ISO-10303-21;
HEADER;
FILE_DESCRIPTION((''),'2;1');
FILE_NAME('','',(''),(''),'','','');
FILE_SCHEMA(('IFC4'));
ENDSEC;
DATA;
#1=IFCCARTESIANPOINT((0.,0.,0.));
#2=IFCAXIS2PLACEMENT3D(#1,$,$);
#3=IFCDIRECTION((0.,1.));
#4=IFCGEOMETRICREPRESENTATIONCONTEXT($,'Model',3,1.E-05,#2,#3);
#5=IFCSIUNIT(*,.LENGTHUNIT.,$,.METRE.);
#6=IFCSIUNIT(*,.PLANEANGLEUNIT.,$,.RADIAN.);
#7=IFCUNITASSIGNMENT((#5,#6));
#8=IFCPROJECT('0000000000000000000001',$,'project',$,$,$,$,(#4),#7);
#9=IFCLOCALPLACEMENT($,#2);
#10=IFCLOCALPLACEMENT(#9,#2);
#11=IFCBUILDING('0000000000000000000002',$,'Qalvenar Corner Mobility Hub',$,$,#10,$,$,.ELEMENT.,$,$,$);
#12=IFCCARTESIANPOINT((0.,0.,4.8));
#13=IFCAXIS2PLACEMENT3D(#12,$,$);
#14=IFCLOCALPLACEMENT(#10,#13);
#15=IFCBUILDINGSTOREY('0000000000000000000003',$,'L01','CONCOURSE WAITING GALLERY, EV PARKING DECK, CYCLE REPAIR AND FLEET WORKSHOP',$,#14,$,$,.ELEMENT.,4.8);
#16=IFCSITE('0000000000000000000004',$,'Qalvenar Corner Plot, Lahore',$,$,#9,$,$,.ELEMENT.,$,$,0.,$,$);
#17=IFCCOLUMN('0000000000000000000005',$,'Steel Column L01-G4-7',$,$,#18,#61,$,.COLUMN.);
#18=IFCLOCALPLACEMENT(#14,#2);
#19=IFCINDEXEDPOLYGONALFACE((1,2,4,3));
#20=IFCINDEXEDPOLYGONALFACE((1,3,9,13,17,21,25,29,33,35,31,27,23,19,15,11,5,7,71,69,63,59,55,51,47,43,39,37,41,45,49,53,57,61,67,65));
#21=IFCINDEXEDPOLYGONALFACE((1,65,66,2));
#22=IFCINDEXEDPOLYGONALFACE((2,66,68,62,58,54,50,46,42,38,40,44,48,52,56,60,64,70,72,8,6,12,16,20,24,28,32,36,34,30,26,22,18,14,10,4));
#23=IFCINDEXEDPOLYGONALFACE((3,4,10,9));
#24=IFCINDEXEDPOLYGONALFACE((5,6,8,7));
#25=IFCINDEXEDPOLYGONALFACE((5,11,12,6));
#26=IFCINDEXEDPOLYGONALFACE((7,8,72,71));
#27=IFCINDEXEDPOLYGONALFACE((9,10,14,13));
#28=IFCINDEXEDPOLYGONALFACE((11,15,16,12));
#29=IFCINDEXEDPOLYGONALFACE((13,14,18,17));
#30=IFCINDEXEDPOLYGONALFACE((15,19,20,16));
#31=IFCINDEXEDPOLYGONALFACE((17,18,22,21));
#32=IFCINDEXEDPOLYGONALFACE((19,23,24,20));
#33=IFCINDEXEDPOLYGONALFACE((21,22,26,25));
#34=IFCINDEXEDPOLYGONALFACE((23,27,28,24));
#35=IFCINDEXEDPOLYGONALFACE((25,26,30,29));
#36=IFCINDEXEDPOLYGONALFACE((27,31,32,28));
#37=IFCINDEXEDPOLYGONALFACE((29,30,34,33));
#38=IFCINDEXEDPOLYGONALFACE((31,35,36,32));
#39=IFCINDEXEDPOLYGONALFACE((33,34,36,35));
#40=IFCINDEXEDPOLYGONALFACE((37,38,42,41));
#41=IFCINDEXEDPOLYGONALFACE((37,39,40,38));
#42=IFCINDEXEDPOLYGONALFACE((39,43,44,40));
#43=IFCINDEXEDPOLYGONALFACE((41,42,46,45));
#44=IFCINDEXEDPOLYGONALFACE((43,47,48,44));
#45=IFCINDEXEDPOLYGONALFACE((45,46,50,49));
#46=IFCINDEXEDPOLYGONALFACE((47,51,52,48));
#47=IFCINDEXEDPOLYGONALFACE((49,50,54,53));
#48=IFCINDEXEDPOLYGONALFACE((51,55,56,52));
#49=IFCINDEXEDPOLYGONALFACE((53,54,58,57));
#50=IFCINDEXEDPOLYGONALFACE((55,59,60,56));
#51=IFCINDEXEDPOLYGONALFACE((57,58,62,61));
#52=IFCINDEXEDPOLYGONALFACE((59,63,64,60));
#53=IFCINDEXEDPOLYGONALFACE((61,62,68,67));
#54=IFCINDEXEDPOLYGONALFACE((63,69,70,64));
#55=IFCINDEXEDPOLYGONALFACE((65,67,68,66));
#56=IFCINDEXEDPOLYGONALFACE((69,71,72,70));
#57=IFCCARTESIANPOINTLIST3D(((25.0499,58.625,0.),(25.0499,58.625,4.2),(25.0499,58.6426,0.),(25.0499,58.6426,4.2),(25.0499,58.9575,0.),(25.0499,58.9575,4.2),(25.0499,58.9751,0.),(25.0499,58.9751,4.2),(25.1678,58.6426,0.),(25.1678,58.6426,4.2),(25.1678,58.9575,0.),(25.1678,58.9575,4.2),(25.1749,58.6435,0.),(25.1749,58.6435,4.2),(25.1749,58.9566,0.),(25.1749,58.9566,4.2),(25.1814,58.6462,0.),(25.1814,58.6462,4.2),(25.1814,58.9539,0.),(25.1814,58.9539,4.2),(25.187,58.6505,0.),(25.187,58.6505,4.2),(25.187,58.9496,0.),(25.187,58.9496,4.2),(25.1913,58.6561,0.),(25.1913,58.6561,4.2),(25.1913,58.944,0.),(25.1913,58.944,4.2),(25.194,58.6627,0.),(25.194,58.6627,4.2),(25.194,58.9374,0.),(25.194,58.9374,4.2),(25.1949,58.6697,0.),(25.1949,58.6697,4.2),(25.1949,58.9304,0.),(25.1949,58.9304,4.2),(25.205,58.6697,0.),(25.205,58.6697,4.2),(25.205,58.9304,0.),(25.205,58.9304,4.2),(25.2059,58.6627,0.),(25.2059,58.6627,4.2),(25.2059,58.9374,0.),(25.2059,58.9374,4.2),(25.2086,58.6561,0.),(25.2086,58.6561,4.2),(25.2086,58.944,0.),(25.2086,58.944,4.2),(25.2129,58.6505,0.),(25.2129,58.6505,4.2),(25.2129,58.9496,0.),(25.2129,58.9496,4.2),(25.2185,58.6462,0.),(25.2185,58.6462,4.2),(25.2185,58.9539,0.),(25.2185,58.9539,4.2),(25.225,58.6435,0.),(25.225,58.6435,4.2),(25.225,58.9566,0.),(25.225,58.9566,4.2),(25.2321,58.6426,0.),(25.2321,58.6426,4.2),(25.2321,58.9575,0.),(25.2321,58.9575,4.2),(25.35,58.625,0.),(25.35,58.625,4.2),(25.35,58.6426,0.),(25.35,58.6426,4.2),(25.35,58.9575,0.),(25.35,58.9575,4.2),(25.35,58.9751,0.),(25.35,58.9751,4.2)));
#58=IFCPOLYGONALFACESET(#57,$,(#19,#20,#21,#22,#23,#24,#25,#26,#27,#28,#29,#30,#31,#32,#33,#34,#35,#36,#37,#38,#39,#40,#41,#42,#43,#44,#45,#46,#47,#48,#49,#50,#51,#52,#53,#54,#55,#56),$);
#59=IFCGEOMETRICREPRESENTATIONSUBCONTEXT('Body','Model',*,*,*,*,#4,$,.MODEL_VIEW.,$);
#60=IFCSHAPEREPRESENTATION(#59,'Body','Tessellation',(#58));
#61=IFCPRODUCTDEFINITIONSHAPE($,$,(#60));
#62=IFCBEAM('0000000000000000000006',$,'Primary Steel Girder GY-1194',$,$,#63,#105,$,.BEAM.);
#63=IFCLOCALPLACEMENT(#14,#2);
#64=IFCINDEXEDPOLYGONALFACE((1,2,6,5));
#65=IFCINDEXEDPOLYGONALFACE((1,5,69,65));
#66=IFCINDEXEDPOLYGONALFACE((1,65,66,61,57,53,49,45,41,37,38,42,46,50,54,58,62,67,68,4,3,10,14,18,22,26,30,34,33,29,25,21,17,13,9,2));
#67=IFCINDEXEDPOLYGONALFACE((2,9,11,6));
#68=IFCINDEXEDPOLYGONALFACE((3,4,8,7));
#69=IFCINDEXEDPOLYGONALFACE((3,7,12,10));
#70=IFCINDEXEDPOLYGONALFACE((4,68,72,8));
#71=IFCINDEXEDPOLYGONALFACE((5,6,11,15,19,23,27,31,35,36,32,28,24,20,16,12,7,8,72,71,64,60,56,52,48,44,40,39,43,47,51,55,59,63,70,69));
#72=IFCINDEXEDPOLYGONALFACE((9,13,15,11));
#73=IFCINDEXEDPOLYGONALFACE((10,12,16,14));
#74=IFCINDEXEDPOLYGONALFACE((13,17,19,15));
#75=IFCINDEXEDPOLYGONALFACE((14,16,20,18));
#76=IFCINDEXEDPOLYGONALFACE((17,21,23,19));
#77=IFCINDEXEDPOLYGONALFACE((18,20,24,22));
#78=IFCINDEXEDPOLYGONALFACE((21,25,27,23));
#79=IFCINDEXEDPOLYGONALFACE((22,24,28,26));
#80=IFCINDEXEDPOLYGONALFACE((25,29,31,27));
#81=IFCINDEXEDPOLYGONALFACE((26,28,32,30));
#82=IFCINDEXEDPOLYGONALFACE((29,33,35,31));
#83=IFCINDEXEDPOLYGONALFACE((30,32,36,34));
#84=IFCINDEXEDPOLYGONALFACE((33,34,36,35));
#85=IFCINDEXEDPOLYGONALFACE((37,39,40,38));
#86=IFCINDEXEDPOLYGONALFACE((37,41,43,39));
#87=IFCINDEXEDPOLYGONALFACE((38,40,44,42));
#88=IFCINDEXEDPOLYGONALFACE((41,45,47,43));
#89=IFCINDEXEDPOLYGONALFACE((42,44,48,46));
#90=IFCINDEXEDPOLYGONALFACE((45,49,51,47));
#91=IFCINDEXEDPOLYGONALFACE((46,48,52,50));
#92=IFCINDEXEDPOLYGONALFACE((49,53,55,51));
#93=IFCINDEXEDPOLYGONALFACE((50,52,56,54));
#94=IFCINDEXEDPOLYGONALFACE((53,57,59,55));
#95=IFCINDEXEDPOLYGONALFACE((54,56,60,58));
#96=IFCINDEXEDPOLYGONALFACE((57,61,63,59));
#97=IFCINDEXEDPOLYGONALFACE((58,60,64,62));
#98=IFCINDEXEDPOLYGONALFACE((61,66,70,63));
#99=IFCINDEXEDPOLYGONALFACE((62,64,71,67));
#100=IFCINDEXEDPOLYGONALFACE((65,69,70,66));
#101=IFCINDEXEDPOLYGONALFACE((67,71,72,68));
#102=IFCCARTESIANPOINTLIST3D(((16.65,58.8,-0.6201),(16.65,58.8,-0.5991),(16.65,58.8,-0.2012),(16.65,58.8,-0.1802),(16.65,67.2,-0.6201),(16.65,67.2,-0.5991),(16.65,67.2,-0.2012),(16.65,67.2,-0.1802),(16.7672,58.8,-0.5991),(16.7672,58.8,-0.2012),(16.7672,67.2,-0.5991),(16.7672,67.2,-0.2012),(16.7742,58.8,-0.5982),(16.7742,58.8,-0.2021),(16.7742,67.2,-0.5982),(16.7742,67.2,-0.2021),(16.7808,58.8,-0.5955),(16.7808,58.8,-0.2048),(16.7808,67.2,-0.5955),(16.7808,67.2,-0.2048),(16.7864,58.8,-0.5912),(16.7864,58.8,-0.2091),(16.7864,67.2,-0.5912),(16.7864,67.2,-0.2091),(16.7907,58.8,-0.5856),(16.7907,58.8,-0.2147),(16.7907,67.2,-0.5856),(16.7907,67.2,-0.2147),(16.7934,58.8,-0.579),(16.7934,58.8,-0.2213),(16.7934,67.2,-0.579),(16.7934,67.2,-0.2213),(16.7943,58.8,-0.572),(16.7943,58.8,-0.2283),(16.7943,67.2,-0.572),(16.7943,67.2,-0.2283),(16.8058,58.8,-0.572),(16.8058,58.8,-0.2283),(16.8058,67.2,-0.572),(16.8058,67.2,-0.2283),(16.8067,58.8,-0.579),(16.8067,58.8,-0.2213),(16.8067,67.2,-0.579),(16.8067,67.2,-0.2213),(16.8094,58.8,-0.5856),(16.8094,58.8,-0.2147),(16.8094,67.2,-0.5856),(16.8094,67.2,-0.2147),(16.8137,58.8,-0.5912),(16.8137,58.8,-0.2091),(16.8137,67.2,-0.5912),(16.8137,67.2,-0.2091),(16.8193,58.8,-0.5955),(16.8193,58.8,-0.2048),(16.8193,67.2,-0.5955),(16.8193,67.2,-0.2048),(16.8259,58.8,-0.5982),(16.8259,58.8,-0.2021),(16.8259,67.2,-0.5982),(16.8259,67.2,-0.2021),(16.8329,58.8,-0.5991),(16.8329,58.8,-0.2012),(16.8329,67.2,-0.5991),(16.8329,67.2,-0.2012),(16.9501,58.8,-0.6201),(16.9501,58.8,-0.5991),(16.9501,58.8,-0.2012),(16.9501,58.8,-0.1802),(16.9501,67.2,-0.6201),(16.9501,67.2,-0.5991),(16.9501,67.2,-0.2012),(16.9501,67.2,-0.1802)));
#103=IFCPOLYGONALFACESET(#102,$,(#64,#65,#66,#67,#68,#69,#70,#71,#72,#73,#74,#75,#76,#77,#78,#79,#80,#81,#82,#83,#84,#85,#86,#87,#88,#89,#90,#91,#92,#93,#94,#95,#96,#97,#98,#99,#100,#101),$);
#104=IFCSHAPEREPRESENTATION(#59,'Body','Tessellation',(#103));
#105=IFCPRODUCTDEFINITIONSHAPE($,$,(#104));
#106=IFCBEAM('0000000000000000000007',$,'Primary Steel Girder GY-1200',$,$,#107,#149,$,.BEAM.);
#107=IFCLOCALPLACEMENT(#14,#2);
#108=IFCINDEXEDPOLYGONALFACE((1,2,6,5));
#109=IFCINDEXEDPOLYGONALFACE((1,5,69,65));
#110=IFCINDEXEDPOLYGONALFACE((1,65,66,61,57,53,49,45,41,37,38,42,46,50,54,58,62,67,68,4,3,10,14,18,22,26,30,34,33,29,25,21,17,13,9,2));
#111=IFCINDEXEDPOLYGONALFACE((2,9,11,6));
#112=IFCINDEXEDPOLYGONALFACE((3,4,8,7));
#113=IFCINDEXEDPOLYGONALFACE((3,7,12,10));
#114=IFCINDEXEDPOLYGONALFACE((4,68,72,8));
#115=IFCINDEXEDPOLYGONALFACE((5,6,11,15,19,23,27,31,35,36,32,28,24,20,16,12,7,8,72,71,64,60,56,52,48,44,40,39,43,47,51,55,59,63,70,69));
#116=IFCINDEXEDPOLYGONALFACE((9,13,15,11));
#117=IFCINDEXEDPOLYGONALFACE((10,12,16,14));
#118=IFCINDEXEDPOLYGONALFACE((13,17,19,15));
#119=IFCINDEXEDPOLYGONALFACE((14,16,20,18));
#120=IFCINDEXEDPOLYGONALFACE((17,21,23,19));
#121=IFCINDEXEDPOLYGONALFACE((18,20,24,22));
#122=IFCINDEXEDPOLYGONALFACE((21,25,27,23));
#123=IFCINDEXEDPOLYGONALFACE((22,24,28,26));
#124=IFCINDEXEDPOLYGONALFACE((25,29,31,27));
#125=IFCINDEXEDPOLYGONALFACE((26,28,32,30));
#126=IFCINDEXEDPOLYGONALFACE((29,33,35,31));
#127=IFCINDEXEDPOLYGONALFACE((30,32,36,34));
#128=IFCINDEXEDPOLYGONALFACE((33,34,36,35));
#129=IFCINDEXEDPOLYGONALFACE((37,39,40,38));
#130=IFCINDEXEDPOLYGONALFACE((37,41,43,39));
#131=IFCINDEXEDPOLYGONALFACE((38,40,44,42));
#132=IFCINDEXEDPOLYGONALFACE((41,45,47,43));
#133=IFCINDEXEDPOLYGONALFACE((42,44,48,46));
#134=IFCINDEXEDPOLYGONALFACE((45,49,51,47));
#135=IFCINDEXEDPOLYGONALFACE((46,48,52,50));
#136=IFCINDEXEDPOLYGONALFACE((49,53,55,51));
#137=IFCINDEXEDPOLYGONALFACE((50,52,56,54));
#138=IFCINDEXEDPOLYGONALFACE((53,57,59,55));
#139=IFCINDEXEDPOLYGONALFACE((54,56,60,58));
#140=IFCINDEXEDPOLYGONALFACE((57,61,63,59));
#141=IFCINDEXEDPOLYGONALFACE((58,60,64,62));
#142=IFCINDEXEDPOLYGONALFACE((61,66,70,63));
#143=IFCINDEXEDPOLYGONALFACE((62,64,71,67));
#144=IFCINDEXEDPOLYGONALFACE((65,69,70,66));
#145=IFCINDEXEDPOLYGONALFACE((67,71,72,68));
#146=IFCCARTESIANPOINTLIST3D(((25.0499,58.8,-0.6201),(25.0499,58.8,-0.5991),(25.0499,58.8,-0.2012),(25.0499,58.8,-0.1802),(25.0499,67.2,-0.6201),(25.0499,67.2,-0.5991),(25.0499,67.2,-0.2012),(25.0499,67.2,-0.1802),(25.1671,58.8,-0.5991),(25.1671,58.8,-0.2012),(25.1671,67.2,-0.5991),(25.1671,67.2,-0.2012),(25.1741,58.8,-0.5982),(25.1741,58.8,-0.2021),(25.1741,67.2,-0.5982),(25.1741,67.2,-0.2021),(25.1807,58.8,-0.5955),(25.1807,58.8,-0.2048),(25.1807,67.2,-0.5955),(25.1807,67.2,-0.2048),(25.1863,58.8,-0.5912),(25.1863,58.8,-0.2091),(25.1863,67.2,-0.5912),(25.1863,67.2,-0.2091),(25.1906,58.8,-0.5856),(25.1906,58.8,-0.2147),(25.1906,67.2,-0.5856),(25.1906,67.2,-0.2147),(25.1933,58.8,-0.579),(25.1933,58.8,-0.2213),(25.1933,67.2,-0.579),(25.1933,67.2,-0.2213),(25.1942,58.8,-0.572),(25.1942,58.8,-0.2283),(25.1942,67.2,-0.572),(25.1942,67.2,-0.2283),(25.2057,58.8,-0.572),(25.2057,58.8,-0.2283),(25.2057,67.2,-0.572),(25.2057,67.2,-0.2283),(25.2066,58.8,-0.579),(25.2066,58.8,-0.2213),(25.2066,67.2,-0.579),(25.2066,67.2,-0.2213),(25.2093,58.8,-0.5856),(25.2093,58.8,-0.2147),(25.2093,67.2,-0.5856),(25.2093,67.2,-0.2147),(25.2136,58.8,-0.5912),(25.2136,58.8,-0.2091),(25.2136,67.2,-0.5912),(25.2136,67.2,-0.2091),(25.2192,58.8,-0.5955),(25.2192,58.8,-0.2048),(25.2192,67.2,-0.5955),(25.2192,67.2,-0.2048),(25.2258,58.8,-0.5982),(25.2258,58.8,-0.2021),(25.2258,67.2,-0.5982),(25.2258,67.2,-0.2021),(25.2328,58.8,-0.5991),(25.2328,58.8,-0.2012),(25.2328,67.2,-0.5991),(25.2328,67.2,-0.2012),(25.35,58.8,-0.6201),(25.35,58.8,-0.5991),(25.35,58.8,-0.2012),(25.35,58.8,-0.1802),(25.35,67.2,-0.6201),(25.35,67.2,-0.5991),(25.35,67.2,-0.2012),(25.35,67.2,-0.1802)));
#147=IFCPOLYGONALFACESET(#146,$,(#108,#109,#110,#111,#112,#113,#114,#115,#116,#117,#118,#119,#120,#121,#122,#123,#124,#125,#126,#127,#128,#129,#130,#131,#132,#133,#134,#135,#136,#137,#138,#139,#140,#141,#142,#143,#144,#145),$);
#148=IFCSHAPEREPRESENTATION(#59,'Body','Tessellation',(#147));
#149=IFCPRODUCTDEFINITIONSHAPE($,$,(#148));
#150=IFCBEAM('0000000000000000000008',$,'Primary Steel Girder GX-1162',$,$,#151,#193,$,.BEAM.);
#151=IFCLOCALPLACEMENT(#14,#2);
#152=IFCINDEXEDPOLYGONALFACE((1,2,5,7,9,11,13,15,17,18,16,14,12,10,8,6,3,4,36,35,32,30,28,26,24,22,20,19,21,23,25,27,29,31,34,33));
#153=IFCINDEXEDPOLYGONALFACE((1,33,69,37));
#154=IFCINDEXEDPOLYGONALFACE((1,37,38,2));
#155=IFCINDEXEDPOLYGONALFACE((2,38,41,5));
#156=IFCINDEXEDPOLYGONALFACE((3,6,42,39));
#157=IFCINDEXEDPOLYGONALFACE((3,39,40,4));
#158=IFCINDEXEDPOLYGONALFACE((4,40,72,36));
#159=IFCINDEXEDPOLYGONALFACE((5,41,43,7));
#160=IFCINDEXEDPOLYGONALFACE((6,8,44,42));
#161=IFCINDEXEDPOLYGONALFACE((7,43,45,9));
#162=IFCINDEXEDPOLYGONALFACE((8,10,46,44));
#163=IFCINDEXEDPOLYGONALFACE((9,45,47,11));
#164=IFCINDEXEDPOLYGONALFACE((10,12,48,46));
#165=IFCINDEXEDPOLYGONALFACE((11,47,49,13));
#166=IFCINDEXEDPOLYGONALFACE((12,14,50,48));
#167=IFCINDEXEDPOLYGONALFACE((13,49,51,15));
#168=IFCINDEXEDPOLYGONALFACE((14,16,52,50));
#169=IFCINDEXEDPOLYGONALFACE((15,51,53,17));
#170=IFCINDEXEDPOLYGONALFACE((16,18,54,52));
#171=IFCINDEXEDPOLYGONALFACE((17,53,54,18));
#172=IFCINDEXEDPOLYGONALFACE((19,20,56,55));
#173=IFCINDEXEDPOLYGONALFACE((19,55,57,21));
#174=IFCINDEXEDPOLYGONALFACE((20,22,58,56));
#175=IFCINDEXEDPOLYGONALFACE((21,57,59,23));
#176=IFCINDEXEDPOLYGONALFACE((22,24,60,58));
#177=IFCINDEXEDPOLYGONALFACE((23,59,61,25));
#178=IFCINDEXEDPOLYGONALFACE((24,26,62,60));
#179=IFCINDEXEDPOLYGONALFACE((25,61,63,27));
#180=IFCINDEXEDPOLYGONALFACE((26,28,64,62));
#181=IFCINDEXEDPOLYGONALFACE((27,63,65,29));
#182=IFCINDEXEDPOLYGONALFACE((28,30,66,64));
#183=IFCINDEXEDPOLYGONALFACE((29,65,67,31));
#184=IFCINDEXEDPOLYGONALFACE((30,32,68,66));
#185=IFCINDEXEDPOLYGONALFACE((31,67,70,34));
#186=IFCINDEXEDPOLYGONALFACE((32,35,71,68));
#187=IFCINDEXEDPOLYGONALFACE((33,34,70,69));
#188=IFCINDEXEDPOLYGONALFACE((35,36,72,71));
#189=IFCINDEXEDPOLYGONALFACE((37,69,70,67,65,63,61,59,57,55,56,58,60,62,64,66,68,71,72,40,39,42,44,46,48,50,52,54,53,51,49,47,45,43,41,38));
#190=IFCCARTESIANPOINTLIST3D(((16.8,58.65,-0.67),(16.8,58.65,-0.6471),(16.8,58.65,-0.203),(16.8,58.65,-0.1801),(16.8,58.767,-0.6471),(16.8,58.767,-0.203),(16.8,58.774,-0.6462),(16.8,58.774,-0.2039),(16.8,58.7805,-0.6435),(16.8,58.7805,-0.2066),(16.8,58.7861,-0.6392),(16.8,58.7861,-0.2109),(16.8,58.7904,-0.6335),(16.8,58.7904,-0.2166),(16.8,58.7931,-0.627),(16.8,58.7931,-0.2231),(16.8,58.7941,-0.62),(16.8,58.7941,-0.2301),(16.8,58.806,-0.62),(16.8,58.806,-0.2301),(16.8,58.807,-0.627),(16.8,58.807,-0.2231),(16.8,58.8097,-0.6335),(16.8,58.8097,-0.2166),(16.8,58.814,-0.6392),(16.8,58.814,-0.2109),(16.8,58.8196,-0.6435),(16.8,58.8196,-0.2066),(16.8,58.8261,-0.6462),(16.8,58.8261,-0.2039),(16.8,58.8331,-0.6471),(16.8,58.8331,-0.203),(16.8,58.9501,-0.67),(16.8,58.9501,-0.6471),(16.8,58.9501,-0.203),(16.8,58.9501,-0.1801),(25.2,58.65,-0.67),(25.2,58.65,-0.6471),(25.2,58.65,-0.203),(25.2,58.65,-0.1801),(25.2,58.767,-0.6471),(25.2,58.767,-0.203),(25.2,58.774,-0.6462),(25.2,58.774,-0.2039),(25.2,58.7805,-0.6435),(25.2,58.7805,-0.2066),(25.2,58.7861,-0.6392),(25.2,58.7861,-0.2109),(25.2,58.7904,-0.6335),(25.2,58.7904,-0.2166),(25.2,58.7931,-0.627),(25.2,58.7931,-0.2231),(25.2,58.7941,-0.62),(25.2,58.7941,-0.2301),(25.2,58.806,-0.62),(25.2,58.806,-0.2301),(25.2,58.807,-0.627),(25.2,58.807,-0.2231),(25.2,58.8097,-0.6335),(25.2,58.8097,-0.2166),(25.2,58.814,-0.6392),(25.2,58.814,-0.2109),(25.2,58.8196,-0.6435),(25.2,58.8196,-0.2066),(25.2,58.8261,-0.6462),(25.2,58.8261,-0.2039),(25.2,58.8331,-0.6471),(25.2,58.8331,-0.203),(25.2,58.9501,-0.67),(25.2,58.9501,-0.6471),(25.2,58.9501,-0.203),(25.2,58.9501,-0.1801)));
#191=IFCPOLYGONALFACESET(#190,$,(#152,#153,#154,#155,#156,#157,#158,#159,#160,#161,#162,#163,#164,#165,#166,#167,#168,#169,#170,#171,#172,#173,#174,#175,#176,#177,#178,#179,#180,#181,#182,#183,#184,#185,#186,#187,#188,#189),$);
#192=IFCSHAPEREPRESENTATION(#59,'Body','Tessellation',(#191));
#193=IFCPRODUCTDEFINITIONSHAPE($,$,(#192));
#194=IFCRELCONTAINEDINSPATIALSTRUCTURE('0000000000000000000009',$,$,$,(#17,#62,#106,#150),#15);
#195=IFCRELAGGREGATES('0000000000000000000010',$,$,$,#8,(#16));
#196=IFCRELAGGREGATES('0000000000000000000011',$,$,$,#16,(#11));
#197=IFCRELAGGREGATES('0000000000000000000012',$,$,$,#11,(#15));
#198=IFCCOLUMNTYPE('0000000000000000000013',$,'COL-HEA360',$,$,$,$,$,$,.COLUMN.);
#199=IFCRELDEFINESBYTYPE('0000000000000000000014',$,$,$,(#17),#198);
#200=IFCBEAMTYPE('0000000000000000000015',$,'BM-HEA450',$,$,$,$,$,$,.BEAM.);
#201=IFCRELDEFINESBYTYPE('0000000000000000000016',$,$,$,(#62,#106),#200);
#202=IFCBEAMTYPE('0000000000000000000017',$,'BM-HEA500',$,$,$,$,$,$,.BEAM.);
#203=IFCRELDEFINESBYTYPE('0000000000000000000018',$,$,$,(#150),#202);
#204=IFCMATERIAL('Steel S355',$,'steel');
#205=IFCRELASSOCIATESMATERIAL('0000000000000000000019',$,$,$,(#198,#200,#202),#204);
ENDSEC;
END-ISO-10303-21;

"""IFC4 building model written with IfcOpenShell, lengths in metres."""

from ifc_helpers import new_model, si_unit, direction, frame, origin, origin_2d, place, context, subcontext, project, spatial, i_section, extrude, material, material_profile, profile_set, type_object, element, save


model = new_model("IFC4")

# Units and contexts
model_context = context("Model", 3, precision=1e-05, world=origin(), true_north=direction((0.0, 1.0)))
body_context = subcontext(model_context, "Body", "Model", "MODEL_VIEW")
ifc_project = project(units=[si_unit("LENGTHUNIT", "METRE"), si_unit("PLANEANGLEUNIT", "RADIAN")], contexts=[model_context])

# Site, building, storey
site_placement = place(None, origin())
site = spatial("IfcSite", under=ifc_project, at=site_placement, Name="Qalvenar Corner Plot, Lahore", CompositionType="ELEMENT", RefElevation=0.0)
building_placement = place(site_placement, origin())
building = spatial("IfcBuilding", under=site, at=building_placement, Name="Qalvenar Corner Mobility Hub", CompositionType="ELEMENT")
storey_placement = place(building_placement, frame((0.0, 0.0, 4.8)))
storey = spatial("IfcBuildingStorey", under=building, at=storey_placement, Name="L01", Description="CONCOURSE WAITING GALLERY, EV PARKING DECK, CYCLE REPAIR AND FLEET WORKSHOP", CompositionType="ELEMENT", Elevation=4.8)

# Column
ifc_material_1 = material(Name="Steel S355", Category="steel")
ifc_material_profile_1 = material_profile(ifc_material_1, i_section(OverallWidth=0.3, OverallDepth=0.3501, WebThickness=0.01, FlangeThickness=0.0176, FilletRadius=0.0271, at=origin_2d()), Name="HEA360")
ifc_profile_set_1 = profile_set([ifc_material_profile_1], Name="Steel S355")
column_type = type_object("IfcColumnType", Name="COL-HEA360", PredefinedType="COLUMN", material=ifc_profile_set_1)
column_placement = place(storey_placement, frame((25.2, 58.8, 0.0), z_axis=(0.0, 0.0, 1.0), x_axis=(1.0, 0.0, 0.0)))
element("IfcColumn", 1, at=column_placement, inside=storey, type_object=column_type, Name="Steel Column L01-G4-7", PredefinedType="COLUMN", context=body_context, shape_type="SweptSolid", body=[
    extrude(i_section(OverallWidth=0.3, OverallDepth=0.3501, WebThickness=0.01, FlangeThickness=0.0176, FilletRadius=0.0271, at=origin_2d()), origin(), (0.0, 0.0, 1.0), 4.2),
])

# Beams
ifc_material_profile_2 = material_profile(ifc_material_1, i_section(OverallWidth=0.3, OverallDepth=0.4399, WebThickness=0.0115, FlangeThickness=0.021, FilletRadius=0.0271, at=origin_2d()), Name="HEA450")
ifc_profile_set_2 = profile_set([ifc_material_profile_2], Name="Steel S355")
beam_type_1 = type_object("IfcBeamType", Name="BM-HEA450", PredefinedType="BEAM", material=ifc_profile_set_2)
for number, where, z_axis, x_axis, name in (
    (2, (16.8, 58.8, -0.4001), (0.0, 1.0, 0.0), (-1.0, 0.0, 0.0), "Primary Steel Girder GY-1194"),
    (3, (25.2, 58.8, -0.4001), (0.0, 1.0, 0.0), (-1.0, 0.0, 0.0), "Primary Steel Girder GY-1200"),
):
    element("IfcBeam", number, at=place(storey_placement, frame(where, z_axis=z_axis, x_axis=x_axis)), inside=storey, type_object=beam_type_1, Name=name, PredefinedType="BEAM", context=body_context, shape_type="SweptSolid", body=[
        extrude(i_section(OverallWidth=0.3, OverallDepth=0.4399, WebThickness=0.0115, FlangeThickness=0.021, FilletRadius=0.0271, at=origin_2d()), origin(), (0.0, 0.0, 1.0), 8.3999),
    ])
ifc_material_profile_3 = material_profile(ifc_material_1, i_section(OverallWidth=0.3, OverallDepth=0.49, WebThickness=0.012, FlangeThickness=0.0229, FilletRadius=0.0271, at=origin_2d()), Name="HEA500")
ifc_profile_set_3 = profile_set([ifc_material_profile_3], Name="Steel S355")
beam_type_2 = type_object("IfcBeamType", Name="BM-HEA500", PredefinedType="BEAM", material=ifc_profile_set_3)
beam_1_placement = place(storey_placement, frame((16.8, 58.8, -0.425), z_axis=(1.0, 0.0, 0.0), x_axis=(0.0, 1.0, 0.0)))
element("IfcBeam", 4, at=beam_1_placement, inside=storey, type_object=beam_type_2, Name="Primary Steel Girder GX-1162", PredefinedType="BEAM", context=body_context, shape_type="SweptSolid", body=[
    extrude(i_section(OverallWidth=0.3, OverallDepth=0.49, WebThickness=0.012, FlangeThickness=0.0229, FilletRadius=0.0271, at=origin_2d()), origin(), (0.0, 0.0, 1.0), 8.3999),
])

save(model, "model.ifc")
